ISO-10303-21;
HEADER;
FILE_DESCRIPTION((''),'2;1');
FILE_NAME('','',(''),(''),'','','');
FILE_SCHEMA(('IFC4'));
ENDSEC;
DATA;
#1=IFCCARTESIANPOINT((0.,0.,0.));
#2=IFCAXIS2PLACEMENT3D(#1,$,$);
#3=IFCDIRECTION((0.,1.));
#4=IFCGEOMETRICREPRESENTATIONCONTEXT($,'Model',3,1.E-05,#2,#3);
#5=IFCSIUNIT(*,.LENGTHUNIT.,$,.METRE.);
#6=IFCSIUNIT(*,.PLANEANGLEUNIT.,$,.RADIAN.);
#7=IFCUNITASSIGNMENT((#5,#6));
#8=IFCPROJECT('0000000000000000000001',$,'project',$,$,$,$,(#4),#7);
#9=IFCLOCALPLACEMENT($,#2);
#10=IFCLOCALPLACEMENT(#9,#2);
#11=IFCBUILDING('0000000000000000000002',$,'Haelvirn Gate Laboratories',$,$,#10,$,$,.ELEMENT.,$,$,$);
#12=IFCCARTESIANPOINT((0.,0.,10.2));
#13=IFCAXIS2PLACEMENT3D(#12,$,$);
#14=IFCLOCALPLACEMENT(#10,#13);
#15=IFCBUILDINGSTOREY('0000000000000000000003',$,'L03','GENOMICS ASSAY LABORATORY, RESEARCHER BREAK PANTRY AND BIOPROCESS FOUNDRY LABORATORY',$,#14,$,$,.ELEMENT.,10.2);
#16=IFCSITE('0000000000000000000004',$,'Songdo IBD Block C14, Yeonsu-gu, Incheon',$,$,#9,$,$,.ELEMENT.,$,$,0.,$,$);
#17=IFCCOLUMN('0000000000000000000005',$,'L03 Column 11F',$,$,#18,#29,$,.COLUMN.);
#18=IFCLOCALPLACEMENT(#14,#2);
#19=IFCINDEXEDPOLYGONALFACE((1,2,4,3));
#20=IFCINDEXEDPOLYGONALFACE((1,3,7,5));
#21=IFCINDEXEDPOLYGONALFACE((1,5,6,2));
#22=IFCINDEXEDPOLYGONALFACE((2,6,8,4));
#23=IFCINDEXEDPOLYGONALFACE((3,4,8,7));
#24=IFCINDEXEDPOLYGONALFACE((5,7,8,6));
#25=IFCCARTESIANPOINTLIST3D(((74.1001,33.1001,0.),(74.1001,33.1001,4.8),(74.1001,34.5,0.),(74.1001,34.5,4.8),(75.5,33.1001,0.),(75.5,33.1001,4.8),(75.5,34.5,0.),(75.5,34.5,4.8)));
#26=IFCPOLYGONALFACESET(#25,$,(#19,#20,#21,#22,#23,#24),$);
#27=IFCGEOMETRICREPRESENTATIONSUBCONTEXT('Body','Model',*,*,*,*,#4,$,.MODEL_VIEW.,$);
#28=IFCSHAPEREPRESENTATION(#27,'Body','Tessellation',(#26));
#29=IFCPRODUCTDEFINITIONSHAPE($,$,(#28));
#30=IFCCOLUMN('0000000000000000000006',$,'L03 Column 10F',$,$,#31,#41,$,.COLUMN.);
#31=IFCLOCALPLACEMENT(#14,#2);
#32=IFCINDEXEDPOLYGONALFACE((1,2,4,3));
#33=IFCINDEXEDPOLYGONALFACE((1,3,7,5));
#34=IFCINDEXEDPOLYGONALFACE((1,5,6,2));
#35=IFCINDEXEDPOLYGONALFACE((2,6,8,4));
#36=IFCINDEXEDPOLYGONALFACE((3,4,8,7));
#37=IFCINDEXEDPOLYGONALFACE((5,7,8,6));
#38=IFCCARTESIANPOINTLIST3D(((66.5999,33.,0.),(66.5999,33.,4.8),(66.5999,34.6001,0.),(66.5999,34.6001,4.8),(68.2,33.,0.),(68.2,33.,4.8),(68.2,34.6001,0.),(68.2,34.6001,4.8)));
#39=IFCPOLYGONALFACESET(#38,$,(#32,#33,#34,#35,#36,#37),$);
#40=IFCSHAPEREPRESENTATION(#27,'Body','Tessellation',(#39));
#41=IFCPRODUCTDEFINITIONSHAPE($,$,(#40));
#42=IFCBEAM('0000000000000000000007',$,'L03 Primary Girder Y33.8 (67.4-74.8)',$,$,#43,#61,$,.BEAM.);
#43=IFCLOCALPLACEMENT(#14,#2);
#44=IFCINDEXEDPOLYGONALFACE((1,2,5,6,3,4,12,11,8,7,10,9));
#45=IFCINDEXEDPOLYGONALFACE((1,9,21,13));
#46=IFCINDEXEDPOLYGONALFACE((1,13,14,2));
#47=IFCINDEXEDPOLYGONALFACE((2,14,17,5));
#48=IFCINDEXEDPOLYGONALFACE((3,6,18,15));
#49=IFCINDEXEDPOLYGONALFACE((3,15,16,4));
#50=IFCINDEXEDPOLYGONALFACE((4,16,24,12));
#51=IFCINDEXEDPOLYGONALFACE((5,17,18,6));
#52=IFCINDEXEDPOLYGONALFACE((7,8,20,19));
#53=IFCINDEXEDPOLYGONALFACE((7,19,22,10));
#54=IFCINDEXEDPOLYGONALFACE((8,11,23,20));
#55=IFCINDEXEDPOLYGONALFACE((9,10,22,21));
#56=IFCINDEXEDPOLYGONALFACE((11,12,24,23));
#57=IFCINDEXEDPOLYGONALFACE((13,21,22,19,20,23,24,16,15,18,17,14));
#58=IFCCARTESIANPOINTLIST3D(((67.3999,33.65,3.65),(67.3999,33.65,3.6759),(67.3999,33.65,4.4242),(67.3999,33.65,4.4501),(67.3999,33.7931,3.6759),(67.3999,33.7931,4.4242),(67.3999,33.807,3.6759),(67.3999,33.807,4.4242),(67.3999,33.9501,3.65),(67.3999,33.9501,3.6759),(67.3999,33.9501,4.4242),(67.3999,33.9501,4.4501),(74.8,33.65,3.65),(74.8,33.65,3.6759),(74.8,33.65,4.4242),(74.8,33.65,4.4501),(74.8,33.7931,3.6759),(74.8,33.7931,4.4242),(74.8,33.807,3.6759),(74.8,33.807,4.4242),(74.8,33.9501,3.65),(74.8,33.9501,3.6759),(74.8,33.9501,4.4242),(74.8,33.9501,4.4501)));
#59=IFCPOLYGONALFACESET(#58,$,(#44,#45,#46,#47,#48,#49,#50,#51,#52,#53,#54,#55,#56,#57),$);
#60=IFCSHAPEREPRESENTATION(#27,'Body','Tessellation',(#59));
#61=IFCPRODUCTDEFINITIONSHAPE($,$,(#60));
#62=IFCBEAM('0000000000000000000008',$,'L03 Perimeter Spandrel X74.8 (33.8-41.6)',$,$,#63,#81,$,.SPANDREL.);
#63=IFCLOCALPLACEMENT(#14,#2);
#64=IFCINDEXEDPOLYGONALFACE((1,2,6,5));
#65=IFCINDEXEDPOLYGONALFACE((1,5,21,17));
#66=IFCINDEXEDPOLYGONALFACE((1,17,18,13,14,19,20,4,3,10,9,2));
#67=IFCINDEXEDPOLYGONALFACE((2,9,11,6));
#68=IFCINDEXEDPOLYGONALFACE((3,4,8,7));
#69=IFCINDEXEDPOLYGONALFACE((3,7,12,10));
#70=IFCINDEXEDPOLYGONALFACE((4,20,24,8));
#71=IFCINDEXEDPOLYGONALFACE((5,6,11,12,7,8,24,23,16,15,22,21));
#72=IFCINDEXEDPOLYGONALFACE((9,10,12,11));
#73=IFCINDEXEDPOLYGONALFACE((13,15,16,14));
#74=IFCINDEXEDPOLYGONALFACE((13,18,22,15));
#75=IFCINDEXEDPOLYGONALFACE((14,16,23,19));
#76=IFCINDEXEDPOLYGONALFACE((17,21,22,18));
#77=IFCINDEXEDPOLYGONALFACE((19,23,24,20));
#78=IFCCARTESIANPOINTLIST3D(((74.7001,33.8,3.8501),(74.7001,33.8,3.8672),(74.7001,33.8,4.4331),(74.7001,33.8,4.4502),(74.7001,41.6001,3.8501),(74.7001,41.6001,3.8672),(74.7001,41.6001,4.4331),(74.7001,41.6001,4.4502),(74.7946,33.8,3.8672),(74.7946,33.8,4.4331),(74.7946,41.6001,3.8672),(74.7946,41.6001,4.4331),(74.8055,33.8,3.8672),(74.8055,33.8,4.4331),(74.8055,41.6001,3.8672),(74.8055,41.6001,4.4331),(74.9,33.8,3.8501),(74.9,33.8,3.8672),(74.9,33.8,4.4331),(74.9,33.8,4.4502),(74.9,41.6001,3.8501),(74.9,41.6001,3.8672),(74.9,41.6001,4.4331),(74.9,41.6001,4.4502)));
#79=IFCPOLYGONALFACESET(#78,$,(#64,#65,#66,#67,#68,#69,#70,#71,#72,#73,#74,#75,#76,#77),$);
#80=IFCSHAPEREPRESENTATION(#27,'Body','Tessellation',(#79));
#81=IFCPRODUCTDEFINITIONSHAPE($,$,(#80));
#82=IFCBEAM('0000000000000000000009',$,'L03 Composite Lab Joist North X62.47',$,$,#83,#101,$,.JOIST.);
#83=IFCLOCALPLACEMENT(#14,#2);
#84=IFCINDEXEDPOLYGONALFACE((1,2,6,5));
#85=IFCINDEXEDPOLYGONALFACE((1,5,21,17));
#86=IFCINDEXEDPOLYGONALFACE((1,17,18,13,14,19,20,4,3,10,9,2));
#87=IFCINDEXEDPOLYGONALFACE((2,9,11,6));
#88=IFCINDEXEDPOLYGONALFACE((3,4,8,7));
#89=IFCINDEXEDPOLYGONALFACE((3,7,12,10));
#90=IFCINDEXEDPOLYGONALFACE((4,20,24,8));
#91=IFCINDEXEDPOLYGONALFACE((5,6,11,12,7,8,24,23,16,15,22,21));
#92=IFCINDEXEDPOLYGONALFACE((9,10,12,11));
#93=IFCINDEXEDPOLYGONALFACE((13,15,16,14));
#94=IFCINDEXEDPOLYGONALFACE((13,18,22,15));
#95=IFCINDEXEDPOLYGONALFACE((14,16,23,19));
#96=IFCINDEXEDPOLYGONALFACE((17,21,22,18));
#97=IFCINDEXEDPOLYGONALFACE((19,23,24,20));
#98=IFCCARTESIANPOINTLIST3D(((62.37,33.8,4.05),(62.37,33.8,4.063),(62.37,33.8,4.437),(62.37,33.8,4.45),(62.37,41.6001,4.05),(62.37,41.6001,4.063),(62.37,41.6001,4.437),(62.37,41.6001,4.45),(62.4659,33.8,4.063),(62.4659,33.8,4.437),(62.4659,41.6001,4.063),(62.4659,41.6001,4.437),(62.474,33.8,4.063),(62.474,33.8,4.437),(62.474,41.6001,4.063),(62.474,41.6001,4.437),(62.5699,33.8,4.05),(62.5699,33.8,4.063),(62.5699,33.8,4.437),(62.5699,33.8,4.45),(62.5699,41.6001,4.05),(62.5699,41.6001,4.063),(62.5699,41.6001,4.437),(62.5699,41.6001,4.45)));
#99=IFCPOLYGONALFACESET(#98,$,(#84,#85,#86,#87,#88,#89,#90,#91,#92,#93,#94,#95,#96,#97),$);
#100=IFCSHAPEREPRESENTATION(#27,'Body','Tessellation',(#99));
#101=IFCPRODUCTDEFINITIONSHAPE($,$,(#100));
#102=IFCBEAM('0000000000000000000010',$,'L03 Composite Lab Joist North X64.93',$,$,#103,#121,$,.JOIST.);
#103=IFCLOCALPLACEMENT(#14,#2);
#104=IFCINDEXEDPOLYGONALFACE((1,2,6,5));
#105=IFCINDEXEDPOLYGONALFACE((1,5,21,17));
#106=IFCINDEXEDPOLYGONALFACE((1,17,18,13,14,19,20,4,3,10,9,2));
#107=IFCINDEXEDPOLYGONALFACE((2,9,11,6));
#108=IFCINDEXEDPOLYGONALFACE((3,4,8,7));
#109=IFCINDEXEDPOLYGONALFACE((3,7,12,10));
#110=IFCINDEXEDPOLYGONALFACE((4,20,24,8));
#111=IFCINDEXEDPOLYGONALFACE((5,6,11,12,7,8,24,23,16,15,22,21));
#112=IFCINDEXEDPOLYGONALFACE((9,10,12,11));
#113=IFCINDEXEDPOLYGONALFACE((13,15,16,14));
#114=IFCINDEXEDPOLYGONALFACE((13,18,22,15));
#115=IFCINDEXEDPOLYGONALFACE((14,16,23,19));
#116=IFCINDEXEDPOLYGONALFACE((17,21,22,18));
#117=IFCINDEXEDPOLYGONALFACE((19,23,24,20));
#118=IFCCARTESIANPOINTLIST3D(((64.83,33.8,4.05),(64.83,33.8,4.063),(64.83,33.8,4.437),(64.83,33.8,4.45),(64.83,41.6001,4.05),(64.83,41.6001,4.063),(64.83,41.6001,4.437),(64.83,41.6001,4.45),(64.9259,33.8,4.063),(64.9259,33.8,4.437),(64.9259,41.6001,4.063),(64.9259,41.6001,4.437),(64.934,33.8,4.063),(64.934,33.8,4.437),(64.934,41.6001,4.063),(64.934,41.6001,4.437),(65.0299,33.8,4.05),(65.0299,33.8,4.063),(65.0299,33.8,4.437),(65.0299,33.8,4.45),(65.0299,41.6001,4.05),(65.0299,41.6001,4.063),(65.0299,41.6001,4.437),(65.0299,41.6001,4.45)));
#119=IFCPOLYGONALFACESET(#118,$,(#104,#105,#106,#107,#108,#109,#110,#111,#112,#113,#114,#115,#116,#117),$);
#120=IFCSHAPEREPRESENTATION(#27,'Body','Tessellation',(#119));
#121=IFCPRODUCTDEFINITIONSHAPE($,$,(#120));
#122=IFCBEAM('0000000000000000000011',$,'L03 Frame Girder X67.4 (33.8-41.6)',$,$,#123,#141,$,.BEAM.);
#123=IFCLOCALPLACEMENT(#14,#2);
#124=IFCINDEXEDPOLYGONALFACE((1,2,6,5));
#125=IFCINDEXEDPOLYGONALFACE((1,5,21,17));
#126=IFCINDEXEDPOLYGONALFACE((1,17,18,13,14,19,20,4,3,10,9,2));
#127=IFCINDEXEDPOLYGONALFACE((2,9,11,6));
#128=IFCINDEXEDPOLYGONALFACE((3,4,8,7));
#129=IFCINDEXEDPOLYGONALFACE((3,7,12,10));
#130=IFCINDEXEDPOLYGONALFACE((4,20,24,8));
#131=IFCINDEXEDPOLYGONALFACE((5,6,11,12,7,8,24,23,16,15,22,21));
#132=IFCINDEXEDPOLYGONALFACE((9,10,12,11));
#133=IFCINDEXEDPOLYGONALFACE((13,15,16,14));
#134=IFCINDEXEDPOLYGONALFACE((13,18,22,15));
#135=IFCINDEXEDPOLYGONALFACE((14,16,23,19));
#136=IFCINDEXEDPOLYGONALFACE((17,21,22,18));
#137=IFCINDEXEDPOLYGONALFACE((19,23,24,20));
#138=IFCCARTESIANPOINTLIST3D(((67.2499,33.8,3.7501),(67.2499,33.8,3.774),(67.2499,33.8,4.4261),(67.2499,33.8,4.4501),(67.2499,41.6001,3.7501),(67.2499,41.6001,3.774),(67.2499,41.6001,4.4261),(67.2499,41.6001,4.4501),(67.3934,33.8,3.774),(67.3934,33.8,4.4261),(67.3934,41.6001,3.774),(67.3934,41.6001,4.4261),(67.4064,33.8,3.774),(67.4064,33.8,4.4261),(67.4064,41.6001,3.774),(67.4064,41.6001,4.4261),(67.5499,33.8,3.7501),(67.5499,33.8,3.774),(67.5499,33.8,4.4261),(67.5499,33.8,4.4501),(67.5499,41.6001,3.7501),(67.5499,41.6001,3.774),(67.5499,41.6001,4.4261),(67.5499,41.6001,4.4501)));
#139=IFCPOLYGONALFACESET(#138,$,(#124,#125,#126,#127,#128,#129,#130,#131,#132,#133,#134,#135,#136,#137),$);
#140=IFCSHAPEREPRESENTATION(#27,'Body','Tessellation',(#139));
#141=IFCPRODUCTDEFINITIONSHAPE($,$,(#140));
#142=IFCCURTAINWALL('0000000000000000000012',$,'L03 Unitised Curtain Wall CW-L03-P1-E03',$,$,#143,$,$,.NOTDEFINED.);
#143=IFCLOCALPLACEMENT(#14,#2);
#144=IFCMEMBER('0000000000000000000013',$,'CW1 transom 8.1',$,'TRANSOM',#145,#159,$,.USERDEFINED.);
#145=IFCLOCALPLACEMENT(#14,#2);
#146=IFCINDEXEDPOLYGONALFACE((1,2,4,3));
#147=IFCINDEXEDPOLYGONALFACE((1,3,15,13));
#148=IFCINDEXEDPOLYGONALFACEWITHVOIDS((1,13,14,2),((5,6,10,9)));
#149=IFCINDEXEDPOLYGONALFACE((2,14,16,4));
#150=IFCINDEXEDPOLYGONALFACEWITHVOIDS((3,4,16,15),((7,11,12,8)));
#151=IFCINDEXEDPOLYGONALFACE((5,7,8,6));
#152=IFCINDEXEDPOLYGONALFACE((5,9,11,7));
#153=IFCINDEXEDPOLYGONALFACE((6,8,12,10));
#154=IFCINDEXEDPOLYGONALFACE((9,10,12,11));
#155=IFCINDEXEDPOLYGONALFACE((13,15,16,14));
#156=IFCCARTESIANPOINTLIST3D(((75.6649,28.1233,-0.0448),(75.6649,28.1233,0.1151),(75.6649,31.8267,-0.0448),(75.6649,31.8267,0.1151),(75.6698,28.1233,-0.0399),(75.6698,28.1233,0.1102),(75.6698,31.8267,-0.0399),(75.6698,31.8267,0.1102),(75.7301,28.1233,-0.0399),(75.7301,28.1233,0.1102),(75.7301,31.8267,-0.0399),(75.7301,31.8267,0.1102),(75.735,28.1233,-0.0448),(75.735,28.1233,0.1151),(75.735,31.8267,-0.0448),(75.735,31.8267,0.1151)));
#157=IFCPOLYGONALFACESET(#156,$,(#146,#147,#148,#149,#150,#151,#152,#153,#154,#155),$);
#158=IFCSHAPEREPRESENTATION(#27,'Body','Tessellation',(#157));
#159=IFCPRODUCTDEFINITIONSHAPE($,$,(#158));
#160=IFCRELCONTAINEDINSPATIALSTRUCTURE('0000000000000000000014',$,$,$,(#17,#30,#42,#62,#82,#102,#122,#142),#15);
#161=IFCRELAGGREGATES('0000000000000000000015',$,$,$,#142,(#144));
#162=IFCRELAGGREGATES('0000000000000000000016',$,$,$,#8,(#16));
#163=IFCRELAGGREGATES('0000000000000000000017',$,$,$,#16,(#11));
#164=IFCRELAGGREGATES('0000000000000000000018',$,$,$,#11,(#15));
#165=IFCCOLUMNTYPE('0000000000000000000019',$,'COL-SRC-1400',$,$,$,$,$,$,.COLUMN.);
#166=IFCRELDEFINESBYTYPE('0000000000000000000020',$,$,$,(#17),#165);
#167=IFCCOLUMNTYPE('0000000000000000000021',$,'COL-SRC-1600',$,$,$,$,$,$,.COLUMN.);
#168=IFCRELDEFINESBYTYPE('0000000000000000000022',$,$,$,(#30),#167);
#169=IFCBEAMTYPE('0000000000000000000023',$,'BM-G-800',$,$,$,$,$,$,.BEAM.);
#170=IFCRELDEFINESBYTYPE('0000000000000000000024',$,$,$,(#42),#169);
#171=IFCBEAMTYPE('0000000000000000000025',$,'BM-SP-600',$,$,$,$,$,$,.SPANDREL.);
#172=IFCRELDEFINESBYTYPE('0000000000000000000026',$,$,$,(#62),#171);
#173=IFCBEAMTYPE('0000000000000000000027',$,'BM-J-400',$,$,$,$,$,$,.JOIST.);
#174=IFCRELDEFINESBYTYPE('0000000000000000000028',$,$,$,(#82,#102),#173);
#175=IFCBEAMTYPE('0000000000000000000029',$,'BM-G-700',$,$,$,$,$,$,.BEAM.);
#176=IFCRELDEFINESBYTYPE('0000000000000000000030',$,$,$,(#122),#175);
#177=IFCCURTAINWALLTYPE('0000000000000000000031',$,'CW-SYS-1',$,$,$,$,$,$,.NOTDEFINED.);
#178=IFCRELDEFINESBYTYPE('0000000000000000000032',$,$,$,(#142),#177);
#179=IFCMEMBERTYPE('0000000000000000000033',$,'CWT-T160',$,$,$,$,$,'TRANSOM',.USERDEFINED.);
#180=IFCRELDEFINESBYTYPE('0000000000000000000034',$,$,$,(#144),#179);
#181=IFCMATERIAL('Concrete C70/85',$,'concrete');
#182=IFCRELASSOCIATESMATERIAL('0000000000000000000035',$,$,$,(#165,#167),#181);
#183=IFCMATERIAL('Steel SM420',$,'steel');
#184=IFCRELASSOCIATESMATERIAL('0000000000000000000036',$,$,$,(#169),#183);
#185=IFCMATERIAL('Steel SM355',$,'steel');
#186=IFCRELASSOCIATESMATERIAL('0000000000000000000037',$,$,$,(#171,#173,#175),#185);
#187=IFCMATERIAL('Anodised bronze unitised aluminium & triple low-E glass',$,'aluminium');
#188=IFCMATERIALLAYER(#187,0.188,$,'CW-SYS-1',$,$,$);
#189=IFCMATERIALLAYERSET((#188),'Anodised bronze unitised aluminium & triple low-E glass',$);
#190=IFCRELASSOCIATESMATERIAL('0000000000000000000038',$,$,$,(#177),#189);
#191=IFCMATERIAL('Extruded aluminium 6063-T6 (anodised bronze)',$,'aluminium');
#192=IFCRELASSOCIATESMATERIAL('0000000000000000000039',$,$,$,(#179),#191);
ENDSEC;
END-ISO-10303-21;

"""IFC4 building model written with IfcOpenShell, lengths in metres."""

from ifc_helpers import new_model, si_unit, direction, frame, origin, origin_2d, place, context, subcontext, project, spatial, rectangle, hollow_rectangle, i_section, extrude, source, transform, mapped, material, layer, layer_set, material_profile, profile_set, type_object, type_shapes, element, aggregate, save


model = new_model("IFC4")

# Units and contexts
model_context = context("Model", 3, precision=1e-05, world=origin(), true_north=direction((0.0, 1.0)))
body_context = subcontext(model_context, "Body", "Model", "MODEL_VIEW")
ifc_project = project(units=[si_unit("LENGTHUNIT", "METRE"), si_unit("PLANEANGLEUNIT", "RADIAN")], contexts=[model_context])

# Site, building, storey
site_placement = place(None, origin())
site = spatial("IfcSite", under=ifc_project, at=site_placement, Name="Songdo IBD Block C14, Yeonsu-gu, Incheon", CompositionType="ELEMENT", RefElevation=0.0)
building_placement = place(site_placement, origin())
building = spatial("IfcBuilding", under=site, at=building_placement, Name="Haelvirn Gate Laboratories", CompositionType="ELEMENT")
storey_placement = place(building_placement, frame((0.0, 0.0, 10.2)))
storey = spatial("IfcBuildingStorey", under=building, at=storey_placement, Name="L03", Description="GENOMICS ASSAY LABORATORY, RESEARCHER BREAK PANTRY AND BIOPROCESS FOUNDRY LABORATORY", CompositionType="ELEMENT", Elevation=10.2)

# Columns
ifc_material_1 = material(Name="Concrete C70/85", Category="concrete")
ifc_material_profile_1 = material_profile(ifc_material_1, rectangle(XDim=1.3999, YDim=1.3999, at=origin_2d()), Name="SRC-1400x1400")
ifc_profile_set_1 = profile_set([ifc_material_profile_1], Name="Concrete C70/85")
column_type_1 = type_object("IfcColumnType", Name="COL-SRC-1400", PredefinedType="COLUMN", material=ifc_profile_set_1)
shared_shape_1 = source(origin(), body_context, "Body", "SweptSolid", [
    extrude(rectangle(XDim=1.3999, YDim=1.3999, at=origin_2d()), origin(), (0.0, 0.0, 1.0), 4.8),
])
type_shapes(column_type_1, [shared_shape_1])
column_1_placement = place(storey_placement, frame((74.8, 33.8, 0.0), z_axis=(0.0, 0.0, 1.0), x_axis=(1.0, 0.0, 0.0)))
element("IfcColumn", 1, at=column_1_placement, inside=storey, type_object=column_type_1, Name="L03 Column 11F", PredefinedType="COLUMN", context=body_context, shape_type="MappedRepresentation", body=[
    mapped(shared_shape_1, transform((0.0, 0.0, 0.0), scale=1.0)),
])
ifc_material_profile_2 = material_profile(ifc_material_1, rectangle(XDim=1.6001, YDim=1.6001, at=origin_2d()), Name="SRC-1600x1600")
ifc_profile_set_2 = profile_set([ifc_material_profile_2], Name="Concrete C70/85")
column_type_2 = type_object("IfcColumnType", Name="COL-SRC-1600", PredefinedType="COLUMN", material=ifc_profile_set_2)
shared_shape_2 = source(origin(), body_context, "Body", "SweptSolid", [
    extrude(rectangle(XDim=1.6001, YDim=1.6001, at=origin_2d()), origin(), (0.0, 0.0, 1.0), 4.8),
])
type_shapes(column_type_2, [shared_shape_2])
column_2_placement = place(storey_placement, frame((67.3999, 33.8, 0.0), z_axis=(0.0, 0.0, 1.0), x_axis=(1.0, 0.0, 0.0)))
element("IfcColumn", 2, at=column_2_placement, inside=storey, type_object=column_type_2, Name="L03 Column 10F", PredefinedType="COLUMN", context=body_context, shape_type="MappedRepresentation", body=[
    mapped(shared_shape_2, transform((0.0, 0.0, 0.0), scale=1.0)),
])

# Beams
ifc_material_2 = material(Name="Steel SM420", Category="steel")
ifc_material_profile_3 = material_profile(ifc_material_2, i_section(OverallWidth=0.3, OverallDepth=0.8, WebThickness=0.0139, FlangeThickness=0.0259, at=origin_2d()), Name="H-800x300x14x26")
ifc_profile_set_3 = profile_set([ifc_material_profile_3], Name="Steel SM420")
beam_type_1 = type_object("IfcBeamType", Name="BM-G-800", PredefinedType="BEAM", material=ifc_profile_set_3)
shared_shape_3 = source(origin(), body_context, "Body", "SweptSolid", [
    extrude(i_section(OverallWidth=0.3, OverallDepth=0.8, WebThickness=0.0139, FlangeThickness=0.0259, at=origin_2d()), origin(), (0.0, 0.0, 1.0), 7.4001),
])
type_shapes(beam_type_1, [shared_shape_3])
beam_1_placement = place(storey_placement, frame((67.3999, 33.8, 4.05), z_axis=(1.0, 0.0, 0.0), x_axis=(0.0, 1.0, 0.0)))
element("IfcBeam", 3, at=beam_1_placement, inside=storey, type_object=beam_type_1, Name="L03 Primary Girder Y33.8 (67.4-74.8)", PredefinedType="BEAM", context=body_context, shape_type="MappedRepresentation", body=[
    mapped(shared_shape_3, transform((0.0, 0.0, 0.0), scale=1.0)),
])
ifc_material_3 = material(Name="Steel SM355", Category="steel")
ifc_material_profile_4 = material_profile(ifc_material_3, i_section(OverallWidth=0.2, OverallDepth=0.6001, WebThickness=0.011, FlangeThickness=0.0171, at=origin_2d()), Name="H-600x200x11x17")
ifc_profile_set_4 = profile_set([ifc_material_profile_4], Name="Steel SM355")
beam_type_2 = type_object("IfcBeamType", Name="BM-SP-600", PredefinedType="SPANDREL", material=ifc_profile_set_4)
shared_shape_4 = source(origin(), body_context, "Body", "SweptSolid", [
    extrude(i_section(OverallWidth=0.2, OverallDepth=0.6001, WebThickness=0.011, FlangeThickness=0.0171, at=origin_2d()), origin(), (0.0, 0.0, 1.0), 7.8),
])
type_shapes(beam_type_2, [shared_shape_4])
beam_2_placement = place(storey_placement, frame((74.8, 33.8, 4.1501), z_axis=(0.0, 1.0, 0.0), x_axis=(-1.0, 0.0, 0.0)))
element("IfcBeam", 4, at=beam_2_placement, inside=storey, type_object=beam_type_2, Name="L03 Perimeter Spandrel X74.8 (33.8-41.6)", PredefinedType="SPANDREL", context=body_context, shape_type="MappedRepresentation", body=[
    mapped(shared_shape_4, transform((0.0, 0.0, 0.0), scale=1.0)),
])
ifc_material_profile_5 = material_profile(ifc_material_3, i_section(OverallWidth=0.2, OverallDepth=0.3999, WebThickness=0.0081, FlangeThickness=0.0129, at=origin_2d()), Name="H-400x200x8x13")
ifc_profile_set_5 = profile_set([ifc_material_profile_5], Name="Steel SM355")
beam_type_3 = type_object("IfcBeamType", Name="BM-J-400", PredefinedType="JOIST", material=ifc_profile_set_5)
shared_shape_5 = source(origin(), body_context, "Body", "SweptSolid", [
    extrude(i_section(OverallWidth=0.2, OverallDepth=0.3999, WebThickness=0.0081, FlangeThickness=0.0129, at=origin_2d()), origin(), (0.0, 0.0, 1.0), 7.8),
])
type_shapes(beam_type_3, [shared_shape_5])
for number, where, z_axis, x_axis, name in (
    (5, (62.47, 33.8, 4.25), (0.0, 1.0, 0.0), (-1.0, 0.0, 0.0), "L03 Composite Lab Joist North X62.47"),
    (6, (64.9299, 33.8, 4.25), (0.0, 1.0, 0.0), (-1.0, 0.0, 0.0), "L03 Composite Lab Joist North X64.93"),
):
    element("IfcBeam", number, at=place(storey_placement, frame(where, z_axis=z_axis, x_axis=x_axis)), inside=storey, type_object=beam_type_3, Name=name, PredefinedType="JOIST", context=body_context, shape_type="MappedRepresentation", body=[
        mapped(shared_shape_5, transform((0.0, 0.0, 0.0), scale=1.0)),
    ])
ifc_material_profile_6 = material_profile(ifc_material_3, i_section(OverallWidth=0.3, OverallDepth=0.7, WebThickness=0.0129, FlangeThickness=0.0239, at=origin_2d()), Name="H-700x300x13x24")
ifc_profile_set_6 = profile_set([ifc_material_profile_6], Name="Steel SM355")
beam_type_4 = type_object("IfcBeamType", Name="BM-G-700", PredefinedType="BEAM", material=ifc_profile_set_6)
shared_shape_6 = source(origin(), body_context, "Body", "SweptSolid", [
    extrude(i_section(OverallWidth=0.3, OverallDepth=0.7, WebThickness=0.0129, FlangeThickness=0.0239, at=origin_2d()), origin(), (0.0, 0.0, 1.0), 7.8),
])
type_shapes(beam_type_4, [shared_shape_6])
beam_3_placement = place(storey_placement, frame((67.3999, 33.8, 4.1001), z_axis=(0.0, 1.0, 0.0), x_axis=(-1.0, 0.0, 0.0)))
element("IfcBeam", 7, at=beam_3_placement, inside=storey, type_object=beam_type_4, Name="L03 Frame Girder X67.4 (33.8-41.6)", PredefinedType="BEAM", context=body_context, shape_type="MappedRepresentation", body=[
    mapped(shared_shape_6, transform((0.0, 0.0, 0.0), scale=1.0)),
])

# Curtain wall, member
ifc_material_4 = material(Name="Anodised bronze unitised aluminium & triple low-E glass", Category="aluminium")
ifc_layer_1 = layer(ifc_material_4, 0.188, Name="CW-SYS-1")
ifc_layer_set_1 = layer_set([ifc_layer_1], Name="Anodised bronze unitised aluminium & triple low-E glass")
curtain_wall_type = type_object("IfcCurtainWallType", Name="CW-SYS-1", PredefinedType="NOTDEFINED", material=ifc_layer_set_1)
curtain_wall_placement = place(storey_placement, origin())
curtain_wall = element("IfcCurtainWall", 8, at=curtain_wall_placement, inside=storey, type_object=curtain_wall_type, Name="L03 Unitised Curtain Wall CW-L03-P1-E03", PredefinedType="NOTDEFINED")
ifc_material_5 = material(Name="Extruded aluminium 6063-T6 (anodised bronze)", Category="aluminium")
ifc_material_profile_7 = material_profile(ifc_material_5, hollow_rectangle(XDim=0.0701, YDim=0.1599, WallThickness=0.0049, at=origin_2d()), Name="CWT-160x70x5")
ifc_profile_set_7 = profile_set([ifc_material_profile_7], Name="Extruded aluminium 6063-T6 (anodised bronze)")
member_type_1 = type_object("IfcMemberType", Name="CWT-T160", ElementType="TRANSOM", PredefinedType="USERDEFINED", material=ifc_profile_set_7)
shared_shape_7 = source(origin(), body_context, "Body", "SweptSolid", [
    extrude(hollow_rectangle(XDim=0.0701, YDim=0.1599, WallThickness=0.0049, at=origin_2d()), origin(), (0.0, 0.0, 1.0), 3.7034),
])
member_1_placement = place(storey_placement, frame((75.7, 28.1233, 0.0352), z_axis=(0.0, 1.0, 0.0), x_axis=(-1.0, 0.0, 0.0)))
member_1 = element("IfcMember", 9, at=member_1_placement, type_object=member_type_1, Name="CW1 transom 8.1", ObjectType="TRANSOM", PredefinedType="USERDEFINED", context=body_context, shape_type="MappedRepresentation", body=[
    mapped(shared_shape_7, transform((0.0, 0.0, 0.0), scale=1.0)),
])
aggregate(curtain_wall, [member_1])

save(model, "model.ifc")
